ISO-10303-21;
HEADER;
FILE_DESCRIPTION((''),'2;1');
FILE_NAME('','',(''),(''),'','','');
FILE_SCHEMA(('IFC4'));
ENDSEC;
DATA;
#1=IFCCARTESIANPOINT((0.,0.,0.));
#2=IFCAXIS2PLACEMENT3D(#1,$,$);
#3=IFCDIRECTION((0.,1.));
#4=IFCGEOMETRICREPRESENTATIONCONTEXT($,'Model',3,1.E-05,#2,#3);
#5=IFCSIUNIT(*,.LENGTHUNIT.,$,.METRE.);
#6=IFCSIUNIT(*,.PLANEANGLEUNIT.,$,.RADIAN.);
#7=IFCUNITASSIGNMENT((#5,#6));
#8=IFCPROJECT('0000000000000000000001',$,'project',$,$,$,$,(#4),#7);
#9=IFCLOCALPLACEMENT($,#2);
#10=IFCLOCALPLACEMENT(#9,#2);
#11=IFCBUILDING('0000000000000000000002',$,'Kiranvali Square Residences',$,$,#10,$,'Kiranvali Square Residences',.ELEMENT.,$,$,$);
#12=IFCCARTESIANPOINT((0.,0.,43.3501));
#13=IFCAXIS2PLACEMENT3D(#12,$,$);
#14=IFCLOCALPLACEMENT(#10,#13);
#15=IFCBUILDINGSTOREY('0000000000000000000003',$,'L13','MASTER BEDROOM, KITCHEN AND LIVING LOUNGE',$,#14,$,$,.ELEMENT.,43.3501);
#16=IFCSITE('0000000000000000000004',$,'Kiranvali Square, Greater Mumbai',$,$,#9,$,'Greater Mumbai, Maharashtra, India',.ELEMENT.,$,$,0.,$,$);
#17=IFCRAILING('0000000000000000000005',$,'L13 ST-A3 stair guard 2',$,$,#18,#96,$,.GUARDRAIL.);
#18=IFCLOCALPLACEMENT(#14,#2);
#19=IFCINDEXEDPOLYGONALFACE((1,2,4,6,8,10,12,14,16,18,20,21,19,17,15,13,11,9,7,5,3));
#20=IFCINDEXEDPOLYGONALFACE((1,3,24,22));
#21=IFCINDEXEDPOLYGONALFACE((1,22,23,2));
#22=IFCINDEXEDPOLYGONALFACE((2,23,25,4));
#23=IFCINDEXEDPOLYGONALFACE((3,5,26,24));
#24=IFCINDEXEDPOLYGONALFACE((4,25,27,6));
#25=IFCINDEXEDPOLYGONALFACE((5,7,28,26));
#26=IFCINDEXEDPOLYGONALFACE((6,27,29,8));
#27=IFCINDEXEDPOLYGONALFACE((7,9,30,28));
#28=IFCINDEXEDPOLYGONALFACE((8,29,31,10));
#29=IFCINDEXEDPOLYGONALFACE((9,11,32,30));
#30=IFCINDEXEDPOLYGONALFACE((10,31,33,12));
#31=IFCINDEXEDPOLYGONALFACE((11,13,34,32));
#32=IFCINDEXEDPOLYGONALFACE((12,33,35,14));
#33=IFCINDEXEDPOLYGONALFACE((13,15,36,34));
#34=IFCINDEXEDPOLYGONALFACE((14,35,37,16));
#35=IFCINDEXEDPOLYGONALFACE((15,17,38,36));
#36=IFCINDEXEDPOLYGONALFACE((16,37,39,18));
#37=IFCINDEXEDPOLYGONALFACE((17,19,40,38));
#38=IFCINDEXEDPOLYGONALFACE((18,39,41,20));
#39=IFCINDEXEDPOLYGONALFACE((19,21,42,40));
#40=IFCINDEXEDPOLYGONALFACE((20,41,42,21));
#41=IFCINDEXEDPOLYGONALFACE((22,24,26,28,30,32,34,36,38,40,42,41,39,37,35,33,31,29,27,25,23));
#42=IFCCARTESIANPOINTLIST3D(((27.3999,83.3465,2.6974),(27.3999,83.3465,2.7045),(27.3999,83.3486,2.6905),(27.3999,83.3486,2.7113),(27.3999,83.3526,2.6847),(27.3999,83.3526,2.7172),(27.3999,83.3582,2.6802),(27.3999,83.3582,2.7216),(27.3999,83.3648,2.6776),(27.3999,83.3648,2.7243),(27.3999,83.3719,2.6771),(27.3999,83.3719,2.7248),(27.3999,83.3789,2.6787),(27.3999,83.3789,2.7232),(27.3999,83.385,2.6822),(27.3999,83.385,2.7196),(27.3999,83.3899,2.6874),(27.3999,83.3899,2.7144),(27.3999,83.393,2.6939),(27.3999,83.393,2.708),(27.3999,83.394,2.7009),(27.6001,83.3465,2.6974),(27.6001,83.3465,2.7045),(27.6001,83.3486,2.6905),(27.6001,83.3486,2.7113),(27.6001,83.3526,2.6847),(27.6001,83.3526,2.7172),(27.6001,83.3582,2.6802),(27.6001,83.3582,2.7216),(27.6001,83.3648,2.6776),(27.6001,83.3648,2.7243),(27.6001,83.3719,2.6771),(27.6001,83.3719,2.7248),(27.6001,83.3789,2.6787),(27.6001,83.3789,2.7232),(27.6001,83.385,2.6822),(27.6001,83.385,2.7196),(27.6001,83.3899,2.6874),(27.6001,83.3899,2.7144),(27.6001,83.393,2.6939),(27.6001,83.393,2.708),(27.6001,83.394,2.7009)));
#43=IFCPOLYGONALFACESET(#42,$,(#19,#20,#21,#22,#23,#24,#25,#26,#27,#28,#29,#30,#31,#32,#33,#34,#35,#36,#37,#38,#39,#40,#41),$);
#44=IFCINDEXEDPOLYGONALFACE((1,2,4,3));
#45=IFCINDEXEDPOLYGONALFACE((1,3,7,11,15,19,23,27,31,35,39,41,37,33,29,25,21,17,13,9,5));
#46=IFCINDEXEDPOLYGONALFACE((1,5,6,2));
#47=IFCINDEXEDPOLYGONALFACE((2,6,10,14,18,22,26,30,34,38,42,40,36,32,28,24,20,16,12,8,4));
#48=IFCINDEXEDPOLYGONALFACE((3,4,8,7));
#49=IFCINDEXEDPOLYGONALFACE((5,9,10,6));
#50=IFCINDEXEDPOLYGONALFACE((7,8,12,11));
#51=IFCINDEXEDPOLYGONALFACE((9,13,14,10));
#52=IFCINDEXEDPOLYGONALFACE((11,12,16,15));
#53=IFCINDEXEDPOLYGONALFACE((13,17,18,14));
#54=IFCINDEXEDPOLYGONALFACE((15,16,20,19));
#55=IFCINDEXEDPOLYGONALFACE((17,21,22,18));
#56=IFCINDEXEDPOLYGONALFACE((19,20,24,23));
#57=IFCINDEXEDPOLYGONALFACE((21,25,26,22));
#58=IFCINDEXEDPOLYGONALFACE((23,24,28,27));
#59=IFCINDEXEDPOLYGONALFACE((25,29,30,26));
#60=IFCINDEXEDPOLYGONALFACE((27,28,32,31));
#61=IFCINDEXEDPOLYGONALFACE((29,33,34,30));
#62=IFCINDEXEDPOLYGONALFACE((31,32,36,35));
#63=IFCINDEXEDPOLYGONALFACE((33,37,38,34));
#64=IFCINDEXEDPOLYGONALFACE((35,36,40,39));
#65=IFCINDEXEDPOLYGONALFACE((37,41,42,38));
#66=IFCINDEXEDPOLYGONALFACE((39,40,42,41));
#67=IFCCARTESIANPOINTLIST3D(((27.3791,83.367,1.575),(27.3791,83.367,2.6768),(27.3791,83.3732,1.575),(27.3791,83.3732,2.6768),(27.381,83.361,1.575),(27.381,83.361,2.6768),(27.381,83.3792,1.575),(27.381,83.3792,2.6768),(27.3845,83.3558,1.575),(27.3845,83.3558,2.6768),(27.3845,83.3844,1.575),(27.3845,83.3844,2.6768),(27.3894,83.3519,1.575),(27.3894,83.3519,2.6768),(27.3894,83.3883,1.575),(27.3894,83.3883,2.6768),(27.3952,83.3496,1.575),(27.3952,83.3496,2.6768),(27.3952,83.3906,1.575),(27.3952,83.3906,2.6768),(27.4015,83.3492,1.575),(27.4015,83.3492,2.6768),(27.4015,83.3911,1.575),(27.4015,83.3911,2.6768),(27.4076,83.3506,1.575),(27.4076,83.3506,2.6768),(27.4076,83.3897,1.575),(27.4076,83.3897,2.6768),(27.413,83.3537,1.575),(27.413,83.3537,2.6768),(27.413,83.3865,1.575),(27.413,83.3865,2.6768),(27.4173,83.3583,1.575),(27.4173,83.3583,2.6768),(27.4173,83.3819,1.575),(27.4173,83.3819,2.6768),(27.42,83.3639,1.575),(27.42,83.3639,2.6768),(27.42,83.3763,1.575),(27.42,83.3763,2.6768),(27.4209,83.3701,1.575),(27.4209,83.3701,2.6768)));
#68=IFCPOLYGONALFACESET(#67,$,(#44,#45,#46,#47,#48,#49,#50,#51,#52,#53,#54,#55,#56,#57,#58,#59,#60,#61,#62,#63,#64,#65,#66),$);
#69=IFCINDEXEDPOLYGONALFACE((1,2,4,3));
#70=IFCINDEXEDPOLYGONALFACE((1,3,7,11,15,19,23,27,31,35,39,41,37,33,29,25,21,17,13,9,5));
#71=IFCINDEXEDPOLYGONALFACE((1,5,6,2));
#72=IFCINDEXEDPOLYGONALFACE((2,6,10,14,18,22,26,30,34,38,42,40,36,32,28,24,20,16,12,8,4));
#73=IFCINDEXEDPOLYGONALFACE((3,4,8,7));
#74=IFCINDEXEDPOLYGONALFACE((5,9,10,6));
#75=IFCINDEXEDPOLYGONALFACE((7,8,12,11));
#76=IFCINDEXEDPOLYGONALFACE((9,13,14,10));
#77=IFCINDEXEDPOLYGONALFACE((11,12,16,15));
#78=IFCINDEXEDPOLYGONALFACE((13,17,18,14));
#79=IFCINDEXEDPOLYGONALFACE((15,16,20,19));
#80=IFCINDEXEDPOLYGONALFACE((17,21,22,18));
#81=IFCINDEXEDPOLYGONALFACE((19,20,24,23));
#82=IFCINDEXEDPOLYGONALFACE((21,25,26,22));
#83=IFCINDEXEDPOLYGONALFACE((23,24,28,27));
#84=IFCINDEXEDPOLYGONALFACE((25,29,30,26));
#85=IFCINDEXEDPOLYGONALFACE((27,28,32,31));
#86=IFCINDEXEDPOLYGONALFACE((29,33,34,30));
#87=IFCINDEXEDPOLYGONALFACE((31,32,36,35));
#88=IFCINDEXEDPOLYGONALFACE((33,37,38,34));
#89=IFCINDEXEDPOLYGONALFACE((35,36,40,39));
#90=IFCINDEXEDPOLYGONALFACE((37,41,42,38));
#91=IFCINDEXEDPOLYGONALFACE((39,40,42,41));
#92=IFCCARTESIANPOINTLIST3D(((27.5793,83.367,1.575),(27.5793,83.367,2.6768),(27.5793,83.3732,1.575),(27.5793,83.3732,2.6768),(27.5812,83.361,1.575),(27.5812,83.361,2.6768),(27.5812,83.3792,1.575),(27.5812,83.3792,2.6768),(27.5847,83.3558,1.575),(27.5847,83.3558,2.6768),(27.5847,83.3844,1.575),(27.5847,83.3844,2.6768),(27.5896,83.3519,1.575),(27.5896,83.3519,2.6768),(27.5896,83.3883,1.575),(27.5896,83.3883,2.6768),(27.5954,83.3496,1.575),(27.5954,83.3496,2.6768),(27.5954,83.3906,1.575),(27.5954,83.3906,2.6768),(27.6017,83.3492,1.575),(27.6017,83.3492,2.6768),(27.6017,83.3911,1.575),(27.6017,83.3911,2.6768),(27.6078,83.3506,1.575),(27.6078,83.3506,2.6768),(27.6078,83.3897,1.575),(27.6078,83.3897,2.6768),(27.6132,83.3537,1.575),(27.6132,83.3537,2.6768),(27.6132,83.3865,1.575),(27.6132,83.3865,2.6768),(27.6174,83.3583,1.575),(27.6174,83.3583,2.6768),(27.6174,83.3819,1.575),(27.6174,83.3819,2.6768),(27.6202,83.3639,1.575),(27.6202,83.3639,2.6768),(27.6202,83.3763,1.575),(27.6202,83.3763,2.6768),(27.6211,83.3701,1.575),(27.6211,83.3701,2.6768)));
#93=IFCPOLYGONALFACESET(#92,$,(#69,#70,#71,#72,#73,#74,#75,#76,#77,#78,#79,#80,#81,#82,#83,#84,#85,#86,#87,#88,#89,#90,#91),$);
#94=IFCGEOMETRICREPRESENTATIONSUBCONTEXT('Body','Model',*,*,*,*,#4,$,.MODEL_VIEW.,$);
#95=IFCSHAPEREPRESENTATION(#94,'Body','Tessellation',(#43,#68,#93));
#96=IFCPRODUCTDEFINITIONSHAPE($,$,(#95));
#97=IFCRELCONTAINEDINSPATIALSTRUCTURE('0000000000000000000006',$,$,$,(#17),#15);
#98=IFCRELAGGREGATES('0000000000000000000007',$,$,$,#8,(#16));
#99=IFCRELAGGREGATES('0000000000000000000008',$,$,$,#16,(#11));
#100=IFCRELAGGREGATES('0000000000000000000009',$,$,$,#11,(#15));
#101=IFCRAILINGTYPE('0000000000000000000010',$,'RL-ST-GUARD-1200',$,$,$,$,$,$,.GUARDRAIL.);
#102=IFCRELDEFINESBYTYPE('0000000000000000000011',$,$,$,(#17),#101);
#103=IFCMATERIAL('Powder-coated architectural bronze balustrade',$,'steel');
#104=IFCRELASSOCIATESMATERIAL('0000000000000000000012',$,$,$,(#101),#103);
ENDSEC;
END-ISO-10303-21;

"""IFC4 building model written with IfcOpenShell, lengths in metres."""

from ifc_helpers import new_model, si_unit, direction, frame, origin, origin_2d, place, context, subcontext, project, spatial, circle, extrude, material, type_object, element, save


model = new_model("IFC4")

# Units and contexts
model_context = context("Model", 3, precision=1e-05, world=origin(), true_north=direction((0.0, 1.0)))
body_context = subcontext(model_context, "Body", "Model", "MODEL_VIEW")
ifc_project = project(units=[si_unit("LENGTHUNIT", "METRE"), si_unit("PLANEANGLEUNIT", "RADIAN")], contexts=[model_context])

# Site, building, storey
site_placement = place(None, origin())
site = spatial("IfcSite", under=ifc_project, at=site_placement, Name="Kiranvali Square, Greater Mumbai", LongName="Greater Mumbai, Maharashtra, India", CompositionType="ELEMENT", RefElevation=0.0)
building_placement = place(site_placement, origin())
building = spatial("IfcBuilding", under=site, at=building_placement, Name="Kiranvali Square Residences", LongName="Kiranvali Square Residences", CompositionType="ELEMENT")
storey_placement = place(building_placement, frame((0.0, 0.0, 43.3501)))
storey = spatial("IfcBuildingStorey", under=building, at=storey_placement, Name="L13", Description="MASTER BEDROOM, KITCHEN AND LIVING LOUNGE", CompositionType="ELEMENT", Elevation=43.3501)

# Railing
ifc_material_1 = material(Name="Powder-coated architectural bronze balustrade", Category="steel")
railing_type_1 = type_object("IfcRailingType", Name="RL-ST-GUARD-1200", PredefinedType="GUARDRAIL", material=ifc_material_1)
railing_1_placement = place(storey_placement, frame((27.3999, 83.3701, 1.575)))
element("IfcRailing", 1, at=railing_1_placement, inside=storey, type_object=railing_type_1, Name="L13 ST-A3 stair guard 2", PredefinedType="GUARDRAIL", context=body_context, shape_type="SweptSolid", body=[
    extrude(circle(Radius=0.0239, at=origin_2d()), frame((0.0, 0.0, 1.126), z_axis=(1.0, 0.0, 0.0), x_axis=(0.0, 1.0, 0.0)), (0.0, 0.0, 1.0), 0.2002),
    extrude(circle(Radius=0.021, at=origin_2d()), origin(), (0.0, 0.0, 1.0), 1.1018),
    extrude(circle(Radius=0.021, at=origin_2d()), frame((0.2002, 0.0, 0.0)), (0.0, 0.0, 1.0), 1.1018),
])

save(model, "model.ifc")
